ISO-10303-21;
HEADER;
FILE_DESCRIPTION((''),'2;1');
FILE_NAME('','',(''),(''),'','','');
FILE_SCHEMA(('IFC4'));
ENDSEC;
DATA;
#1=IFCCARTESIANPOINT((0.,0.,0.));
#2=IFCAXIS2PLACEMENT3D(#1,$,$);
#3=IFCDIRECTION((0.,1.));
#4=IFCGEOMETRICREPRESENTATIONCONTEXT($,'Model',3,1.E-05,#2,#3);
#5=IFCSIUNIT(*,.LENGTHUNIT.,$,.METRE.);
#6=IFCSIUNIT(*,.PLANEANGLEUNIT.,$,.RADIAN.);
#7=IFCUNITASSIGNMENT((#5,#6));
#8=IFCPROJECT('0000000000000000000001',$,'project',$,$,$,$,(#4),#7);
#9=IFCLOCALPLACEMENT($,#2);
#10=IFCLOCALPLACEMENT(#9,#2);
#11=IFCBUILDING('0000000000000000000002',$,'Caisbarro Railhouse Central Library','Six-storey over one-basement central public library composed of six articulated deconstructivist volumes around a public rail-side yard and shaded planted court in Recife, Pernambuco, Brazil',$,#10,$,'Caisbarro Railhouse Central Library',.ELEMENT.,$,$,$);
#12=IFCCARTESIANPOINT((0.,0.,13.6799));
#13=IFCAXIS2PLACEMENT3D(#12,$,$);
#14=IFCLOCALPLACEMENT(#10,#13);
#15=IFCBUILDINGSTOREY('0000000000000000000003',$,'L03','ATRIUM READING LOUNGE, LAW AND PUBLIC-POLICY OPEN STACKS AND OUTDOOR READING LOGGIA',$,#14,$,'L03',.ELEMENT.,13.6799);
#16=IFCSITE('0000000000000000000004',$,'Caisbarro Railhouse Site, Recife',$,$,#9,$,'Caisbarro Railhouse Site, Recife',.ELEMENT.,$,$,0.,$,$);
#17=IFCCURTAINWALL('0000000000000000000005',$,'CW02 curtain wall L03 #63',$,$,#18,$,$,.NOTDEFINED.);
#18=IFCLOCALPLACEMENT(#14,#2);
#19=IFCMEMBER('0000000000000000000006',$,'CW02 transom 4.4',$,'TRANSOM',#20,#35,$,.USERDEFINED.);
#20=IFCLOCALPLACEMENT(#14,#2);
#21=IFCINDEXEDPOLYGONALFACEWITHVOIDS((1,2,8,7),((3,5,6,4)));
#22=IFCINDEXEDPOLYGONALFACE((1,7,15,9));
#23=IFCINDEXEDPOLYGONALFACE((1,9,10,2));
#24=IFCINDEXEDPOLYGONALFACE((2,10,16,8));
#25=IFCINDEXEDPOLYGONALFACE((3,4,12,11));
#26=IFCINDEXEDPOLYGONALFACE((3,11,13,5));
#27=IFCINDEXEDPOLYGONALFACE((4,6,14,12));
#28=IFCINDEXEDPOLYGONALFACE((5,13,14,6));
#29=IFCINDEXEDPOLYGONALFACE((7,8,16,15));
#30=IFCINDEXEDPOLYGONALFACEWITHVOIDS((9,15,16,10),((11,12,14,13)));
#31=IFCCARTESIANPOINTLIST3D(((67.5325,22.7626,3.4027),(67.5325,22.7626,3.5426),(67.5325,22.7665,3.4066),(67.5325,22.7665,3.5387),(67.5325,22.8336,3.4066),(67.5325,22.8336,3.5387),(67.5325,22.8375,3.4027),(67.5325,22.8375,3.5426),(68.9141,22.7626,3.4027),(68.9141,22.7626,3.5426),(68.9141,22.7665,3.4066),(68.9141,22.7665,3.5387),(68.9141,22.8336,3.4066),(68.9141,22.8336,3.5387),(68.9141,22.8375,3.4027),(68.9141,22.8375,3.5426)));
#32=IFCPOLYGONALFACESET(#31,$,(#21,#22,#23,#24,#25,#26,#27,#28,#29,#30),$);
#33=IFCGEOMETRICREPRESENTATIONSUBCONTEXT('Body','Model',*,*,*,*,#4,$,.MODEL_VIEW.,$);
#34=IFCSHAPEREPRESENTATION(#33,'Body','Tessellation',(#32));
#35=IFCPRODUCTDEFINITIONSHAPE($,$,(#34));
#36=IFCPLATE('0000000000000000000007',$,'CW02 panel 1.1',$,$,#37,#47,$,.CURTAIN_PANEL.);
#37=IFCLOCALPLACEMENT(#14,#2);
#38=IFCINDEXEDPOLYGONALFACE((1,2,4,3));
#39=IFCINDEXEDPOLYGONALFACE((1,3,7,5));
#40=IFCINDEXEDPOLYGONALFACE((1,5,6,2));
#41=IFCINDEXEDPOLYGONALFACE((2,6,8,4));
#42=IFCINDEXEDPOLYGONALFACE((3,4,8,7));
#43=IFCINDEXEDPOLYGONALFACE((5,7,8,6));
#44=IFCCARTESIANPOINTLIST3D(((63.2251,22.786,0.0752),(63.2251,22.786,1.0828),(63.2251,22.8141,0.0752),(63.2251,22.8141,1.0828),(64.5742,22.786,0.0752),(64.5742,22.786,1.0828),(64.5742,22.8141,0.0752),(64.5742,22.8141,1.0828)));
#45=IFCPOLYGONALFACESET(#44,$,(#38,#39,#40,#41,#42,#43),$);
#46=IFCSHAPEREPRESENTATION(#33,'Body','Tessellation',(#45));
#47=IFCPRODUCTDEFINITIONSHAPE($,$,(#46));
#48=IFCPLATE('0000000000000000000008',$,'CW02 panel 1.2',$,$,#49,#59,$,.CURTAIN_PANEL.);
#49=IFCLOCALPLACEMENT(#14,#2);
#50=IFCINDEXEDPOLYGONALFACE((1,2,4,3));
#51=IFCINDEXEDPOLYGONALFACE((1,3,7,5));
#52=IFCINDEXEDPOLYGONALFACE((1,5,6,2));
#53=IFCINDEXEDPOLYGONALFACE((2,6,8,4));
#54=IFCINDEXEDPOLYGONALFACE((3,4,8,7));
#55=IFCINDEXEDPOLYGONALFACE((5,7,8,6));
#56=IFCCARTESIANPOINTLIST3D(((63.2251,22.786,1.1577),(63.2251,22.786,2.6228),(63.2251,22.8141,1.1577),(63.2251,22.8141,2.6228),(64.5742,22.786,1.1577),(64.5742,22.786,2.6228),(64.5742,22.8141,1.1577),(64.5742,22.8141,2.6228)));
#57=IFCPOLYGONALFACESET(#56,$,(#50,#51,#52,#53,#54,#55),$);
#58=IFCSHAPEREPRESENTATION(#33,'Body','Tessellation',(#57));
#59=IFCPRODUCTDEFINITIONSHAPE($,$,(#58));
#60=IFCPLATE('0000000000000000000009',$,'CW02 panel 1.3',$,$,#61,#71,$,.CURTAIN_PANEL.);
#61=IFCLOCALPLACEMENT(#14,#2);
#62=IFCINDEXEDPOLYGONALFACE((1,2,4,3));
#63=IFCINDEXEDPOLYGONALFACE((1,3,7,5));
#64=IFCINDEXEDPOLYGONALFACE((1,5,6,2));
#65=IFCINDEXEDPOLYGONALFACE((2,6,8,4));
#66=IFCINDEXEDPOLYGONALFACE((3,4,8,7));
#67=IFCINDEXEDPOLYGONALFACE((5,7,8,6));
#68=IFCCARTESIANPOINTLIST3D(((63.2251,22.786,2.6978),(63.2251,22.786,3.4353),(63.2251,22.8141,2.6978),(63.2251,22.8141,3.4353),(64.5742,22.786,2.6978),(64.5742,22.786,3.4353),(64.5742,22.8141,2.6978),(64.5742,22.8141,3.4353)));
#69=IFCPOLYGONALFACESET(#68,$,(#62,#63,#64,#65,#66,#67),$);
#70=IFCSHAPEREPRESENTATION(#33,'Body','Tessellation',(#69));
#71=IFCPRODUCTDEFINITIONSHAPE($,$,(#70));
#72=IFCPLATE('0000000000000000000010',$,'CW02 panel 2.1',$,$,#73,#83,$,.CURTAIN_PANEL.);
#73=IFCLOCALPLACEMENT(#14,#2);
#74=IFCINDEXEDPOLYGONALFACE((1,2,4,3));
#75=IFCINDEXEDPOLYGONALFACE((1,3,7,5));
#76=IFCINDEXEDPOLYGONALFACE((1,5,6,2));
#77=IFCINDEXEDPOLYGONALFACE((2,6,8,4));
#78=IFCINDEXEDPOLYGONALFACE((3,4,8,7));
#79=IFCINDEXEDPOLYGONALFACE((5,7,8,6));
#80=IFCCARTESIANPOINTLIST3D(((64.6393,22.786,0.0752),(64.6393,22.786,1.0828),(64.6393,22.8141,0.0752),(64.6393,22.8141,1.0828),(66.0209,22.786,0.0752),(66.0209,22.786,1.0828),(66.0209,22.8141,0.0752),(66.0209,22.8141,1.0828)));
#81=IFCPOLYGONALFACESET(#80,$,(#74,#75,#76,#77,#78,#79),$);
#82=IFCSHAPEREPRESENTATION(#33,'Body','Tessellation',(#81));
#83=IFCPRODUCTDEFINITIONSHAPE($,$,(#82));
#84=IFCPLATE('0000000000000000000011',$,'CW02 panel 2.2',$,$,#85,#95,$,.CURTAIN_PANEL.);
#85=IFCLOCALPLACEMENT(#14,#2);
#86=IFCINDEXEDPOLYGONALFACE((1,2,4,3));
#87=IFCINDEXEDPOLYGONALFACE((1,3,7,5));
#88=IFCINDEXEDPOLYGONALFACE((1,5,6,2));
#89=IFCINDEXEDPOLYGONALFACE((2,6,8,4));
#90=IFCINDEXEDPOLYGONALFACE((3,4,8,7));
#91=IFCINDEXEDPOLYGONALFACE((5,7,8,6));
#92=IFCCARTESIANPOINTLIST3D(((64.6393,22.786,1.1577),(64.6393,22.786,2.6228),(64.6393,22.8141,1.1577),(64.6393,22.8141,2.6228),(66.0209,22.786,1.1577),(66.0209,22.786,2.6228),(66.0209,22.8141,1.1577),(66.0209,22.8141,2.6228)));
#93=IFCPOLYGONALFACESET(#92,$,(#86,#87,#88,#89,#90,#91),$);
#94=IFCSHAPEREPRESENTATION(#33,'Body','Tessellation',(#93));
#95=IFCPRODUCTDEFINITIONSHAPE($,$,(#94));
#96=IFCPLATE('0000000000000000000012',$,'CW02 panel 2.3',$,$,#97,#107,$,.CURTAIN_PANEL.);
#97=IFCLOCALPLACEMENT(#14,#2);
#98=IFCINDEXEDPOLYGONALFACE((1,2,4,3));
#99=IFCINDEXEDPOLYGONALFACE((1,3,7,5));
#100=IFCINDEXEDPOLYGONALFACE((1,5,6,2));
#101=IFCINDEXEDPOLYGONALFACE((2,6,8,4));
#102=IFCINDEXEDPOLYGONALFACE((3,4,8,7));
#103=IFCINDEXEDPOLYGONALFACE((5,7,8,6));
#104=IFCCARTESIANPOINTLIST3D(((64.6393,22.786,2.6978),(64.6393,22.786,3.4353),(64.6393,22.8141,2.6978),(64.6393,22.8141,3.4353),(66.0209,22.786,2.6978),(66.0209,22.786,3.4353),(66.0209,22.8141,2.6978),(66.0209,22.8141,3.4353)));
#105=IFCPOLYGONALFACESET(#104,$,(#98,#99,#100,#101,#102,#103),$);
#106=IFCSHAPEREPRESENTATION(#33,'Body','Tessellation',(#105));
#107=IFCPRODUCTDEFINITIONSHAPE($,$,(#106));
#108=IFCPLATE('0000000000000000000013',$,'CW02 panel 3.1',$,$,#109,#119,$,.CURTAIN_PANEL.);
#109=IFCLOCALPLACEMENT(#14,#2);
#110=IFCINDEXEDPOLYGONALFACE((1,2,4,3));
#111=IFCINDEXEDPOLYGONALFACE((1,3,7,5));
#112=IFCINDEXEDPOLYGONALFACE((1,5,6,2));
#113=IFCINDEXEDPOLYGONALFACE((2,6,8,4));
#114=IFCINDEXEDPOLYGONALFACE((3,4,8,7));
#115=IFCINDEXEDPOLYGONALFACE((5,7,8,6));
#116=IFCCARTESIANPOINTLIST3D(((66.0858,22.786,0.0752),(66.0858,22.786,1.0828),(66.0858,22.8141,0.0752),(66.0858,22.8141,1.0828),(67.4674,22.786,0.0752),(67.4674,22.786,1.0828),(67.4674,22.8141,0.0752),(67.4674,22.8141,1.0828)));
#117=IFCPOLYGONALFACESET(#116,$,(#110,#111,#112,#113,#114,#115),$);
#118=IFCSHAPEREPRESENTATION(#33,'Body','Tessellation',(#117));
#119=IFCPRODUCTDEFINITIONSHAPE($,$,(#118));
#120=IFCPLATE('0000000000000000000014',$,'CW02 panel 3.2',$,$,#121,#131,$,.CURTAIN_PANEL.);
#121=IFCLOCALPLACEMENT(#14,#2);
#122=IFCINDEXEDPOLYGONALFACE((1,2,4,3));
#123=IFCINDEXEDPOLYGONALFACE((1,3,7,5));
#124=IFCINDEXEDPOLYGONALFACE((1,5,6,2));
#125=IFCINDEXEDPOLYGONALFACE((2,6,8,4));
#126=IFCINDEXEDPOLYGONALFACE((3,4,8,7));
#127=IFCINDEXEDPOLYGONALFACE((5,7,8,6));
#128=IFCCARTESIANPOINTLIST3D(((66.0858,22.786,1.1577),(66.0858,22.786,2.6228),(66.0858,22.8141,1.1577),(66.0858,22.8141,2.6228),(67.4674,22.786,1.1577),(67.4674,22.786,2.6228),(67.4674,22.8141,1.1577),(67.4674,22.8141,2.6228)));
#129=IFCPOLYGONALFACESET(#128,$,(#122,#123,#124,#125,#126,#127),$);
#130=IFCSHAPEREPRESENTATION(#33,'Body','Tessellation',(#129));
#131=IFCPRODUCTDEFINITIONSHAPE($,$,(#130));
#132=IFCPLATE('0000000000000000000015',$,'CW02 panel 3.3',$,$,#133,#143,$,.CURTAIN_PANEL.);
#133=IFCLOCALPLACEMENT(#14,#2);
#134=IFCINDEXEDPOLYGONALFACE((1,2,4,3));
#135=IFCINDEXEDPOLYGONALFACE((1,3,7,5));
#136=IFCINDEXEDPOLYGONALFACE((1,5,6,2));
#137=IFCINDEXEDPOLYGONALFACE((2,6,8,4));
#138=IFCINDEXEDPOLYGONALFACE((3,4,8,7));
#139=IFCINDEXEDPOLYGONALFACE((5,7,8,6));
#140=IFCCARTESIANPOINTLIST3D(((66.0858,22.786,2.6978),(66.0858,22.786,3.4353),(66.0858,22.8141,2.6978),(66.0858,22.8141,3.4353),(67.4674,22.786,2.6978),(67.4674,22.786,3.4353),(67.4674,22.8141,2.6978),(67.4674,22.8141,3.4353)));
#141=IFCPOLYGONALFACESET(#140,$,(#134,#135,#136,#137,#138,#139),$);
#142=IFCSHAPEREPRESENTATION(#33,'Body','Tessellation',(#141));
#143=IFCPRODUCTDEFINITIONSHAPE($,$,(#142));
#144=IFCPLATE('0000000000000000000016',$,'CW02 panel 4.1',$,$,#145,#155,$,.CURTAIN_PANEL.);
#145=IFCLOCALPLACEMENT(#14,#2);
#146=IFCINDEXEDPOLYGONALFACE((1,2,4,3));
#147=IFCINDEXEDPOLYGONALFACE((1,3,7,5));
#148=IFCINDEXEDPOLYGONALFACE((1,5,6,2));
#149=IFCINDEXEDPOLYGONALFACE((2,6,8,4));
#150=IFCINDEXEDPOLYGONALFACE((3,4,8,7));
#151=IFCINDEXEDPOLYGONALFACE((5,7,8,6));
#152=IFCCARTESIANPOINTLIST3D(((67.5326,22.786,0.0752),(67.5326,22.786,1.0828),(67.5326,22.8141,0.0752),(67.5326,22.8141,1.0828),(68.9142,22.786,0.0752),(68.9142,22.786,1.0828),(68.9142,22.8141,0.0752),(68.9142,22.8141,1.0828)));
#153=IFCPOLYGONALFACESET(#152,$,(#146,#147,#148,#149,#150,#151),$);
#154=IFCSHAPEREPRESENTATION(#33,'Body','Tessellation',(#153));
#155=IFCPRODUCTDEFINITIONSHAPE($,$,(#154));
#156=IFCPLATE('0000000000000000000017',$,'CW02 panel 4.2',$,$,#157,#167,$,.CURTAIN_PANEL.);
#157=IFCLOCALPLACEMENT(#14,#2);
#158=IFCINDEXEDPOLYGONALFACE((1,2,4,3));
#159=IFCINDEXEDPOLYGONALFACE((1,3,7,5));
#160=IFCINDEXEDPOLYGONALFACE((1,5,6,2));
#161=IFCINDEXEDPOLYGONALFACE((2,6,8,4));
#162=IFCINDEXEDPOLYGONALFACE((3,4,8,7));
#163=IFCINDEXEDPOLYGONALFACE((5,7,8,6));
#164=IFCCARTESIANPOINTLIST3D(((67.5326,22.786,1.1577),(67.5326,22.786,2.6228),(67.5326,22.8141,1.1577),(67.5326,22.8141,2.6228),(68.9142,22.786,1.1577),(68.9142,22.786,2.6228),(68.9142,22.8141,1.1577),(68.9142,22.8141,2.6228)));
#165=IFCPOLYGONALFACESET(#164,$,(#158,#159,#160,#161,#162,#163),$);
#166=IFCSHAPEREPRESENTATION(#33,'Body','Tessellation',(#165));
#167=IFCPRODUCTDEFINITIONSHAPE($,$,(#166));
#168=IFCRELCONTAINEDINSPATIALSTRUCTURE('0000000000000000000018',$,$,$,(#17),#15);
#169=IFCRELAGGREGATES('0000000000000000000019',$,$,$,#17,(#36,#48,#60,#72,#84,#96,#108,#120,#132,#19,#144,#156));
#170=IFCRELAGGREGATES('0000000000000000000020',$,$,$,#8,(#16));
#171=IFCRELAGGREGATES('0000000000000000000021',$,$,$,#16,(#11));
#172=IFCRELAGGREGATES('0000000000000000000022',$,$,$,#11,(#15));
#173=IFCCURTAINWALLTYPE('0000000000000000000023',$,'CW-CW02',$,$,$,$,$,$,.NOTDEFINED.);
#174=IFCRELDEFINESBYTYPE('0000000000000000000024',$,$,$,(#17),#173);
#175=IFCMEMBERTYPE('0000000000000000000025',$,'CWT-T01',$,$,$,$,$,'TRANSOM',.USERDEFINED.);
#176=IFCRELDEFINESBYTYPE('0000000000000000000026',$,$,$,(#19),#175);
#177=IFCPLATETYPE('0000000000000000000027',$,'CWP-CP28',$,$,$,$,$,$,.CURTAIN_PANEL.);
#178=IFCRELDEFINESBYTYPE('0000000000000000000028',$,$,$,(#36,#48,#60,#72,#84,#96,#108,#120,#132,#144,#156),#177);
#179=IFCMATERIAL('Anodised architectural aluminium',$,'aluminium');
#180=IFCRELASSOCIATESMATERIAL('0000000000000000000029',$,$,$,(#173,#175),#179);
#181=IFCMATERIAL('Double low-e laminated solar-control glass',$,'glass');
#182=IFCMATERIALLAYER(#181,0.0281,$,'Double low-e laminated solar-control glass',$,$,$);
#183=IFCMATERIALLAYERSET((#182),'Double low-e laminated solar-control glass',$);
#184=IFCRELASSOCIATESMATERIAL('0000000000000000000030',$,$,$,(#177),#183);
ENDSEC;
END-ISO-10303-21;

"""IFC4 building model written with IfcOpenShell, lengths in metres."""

from ifc_helpers import new_model, si_unit, direction, frame, origin, origin_2d, place, context, subcontext, project, spatial, rectangle, hollow_rectangle, extrude, material, layer, layer_set, material_profile, profile_set, type_object, element, aggregate, save


model = new_model("IFC4")

# Units and contexts
model_context = context("Model", 3, precision=1e-05, world=origin(), true_north=direction((0.0, 1.0)))
body_context = subcontext(model_context, "Body", "Model", "MODEL_VIEW")
ifc_project = project(units=[si_unit("LENGTHUNIT", "METRE"), si_unit("PLANEANGLEUNIT", "RADIAN")], contexts=[model_context])

# Site, building, storey
site_placement = place(None, origin())
site = spatial("IfcSite", under=ifc_project, at=site_placement, Name="Caisbarro Railhouse Site, Recife", LongName="Caisbarro Railhouse Site, Recife", CompositionType="ELEMENT", RefElevation=0.0)
building_placement = place(site_placement, origin())
building = spatial("IfcBuilding", under=site, at=building_placement, Name="Caisbarro Railhouse Central Library", Description="Six-storey over one-basement central public library composed of six articulated deconstructivist volumes around a public rail-side yard and shaded planted court in Recife, Pernambuco, Brazil", LongName="Caisbarro Railhouse Central Library", CompositionType="ELEMENT")
storey_placement = place(building_placement, frame((0.0, 0.0, 13.6799)))
storey = spatial("IfcBuildingStorey", under=building, at=storey_placement, Name="L03", Description="ATRIUM READING LOUNGE, LAW AND PUBLIC-POLICY OPEN STACKS AND OUTDOOR READING LOGGIA", LongName="L03", CompositionType="ELEMENT", Elevation=13.6799)

# Curtain wall, member, plates
ifc_material_1 = material(Name="Anodised architectural aluminium", Category="aluminium")
curtain_wall_type = type_object("IfcCurtainWallType", Name="CW-CW02", PredefinedType="NOTDEFINED", material=ifc_material_1)
curtain_wall_placement = place(storey_placement, origin())
curtain_wall = element("IfcCurtainWall", 1, at=curtain_wall_placement, inside=storey, type_object=curtain_wall_type, Name="CW02 curtain wall L03 #63", PredefinedType="NOTDEFINED")
ifc_material_profile_1 = material_profile(ifc_material_1, hollow_rectangle(XDim=0.075, YDim=0.1399, WallThickness=0.0039, at=origin_2d()), Name="ALU-TRN-75X140")
ifc_profile_set_1 = profile_set([ifc_material_profile_1], Name="Anodised architectural aluminium")
member_type_1 = type_object("IfcMemberType", Name="CWT-T01", ElementType="TRANSOM", PredefinedType="USERDEFINED", material=ifc_profile_set_1)
member_1_placement = place(storey_placement, frame((67.5325, 22.8, 3.4727), z_axis=(1.0, 0.0, 0.0), x_axis=(0.0, 1.0, 0.0)))
member_1 = element("IfcMember", 2, at=member_1_placement, type_object=member_type_1, Name="CW02 transom 4.4", ObjectType="TRANSOM", PredefinedType="USERDEFINED", context=body_context, shape_type="SweptSolid", body=[
    extrude(hollow_rectangle(XDim=0.075, YDim=0.1399, WallThickness=0.0039, at=origin_2d()), origin(), (0.0, 0.0, 1.0), 1.3816),
])
ifc_material_2 = material(Name="Double low-e laminated solar-control glass", Category="glass")
ifc_layer = layer(ifc_material_2, 0.0281, Name="Double low-e laminated solar-control glass")
ifc_layer_set = layer_set([ifc_layer], Name="Double low-e laminated solar-control glass")
plate_type = type_object("IfcPlateType", Name="CWP-CP28", PredefinedType="CURTAIN_PANEL", material=ifc_layer_set)
plate_1_placement = place(storey_placement, frame((63.8997, 22.8, 0.0752), z_axis=(0.0, 0.0, 1.0), x_axis=(1.0, 0.0, 0.0)))
plate_1 = element("IfcPlate", 3, at=plate_1_placement, type_object=plate_type, Name="CW02 panel 1.1", PredefinedType="CURTAIN_PANEL", context=body_context, shape_type="SweptSolid", body=[
    extrude(rectangle(XDim=1.3491, YDim=0.0281, at=origin_2d()), origin(), (0.0, 0.0, 1.0), 1.0076),
])
plate_2_placement = place(storey_placement, frame((63.8997, 22.8, 1.1577), z_axis=(0.0, 0.0, 1.0), x_axis=(1.0, 0.0, 0.0)))
plate_2 = element("IfcPlate", 4, at=plate_2_placement, type_object=plate_type, Name="CW02 panel 1.2", PredefinedType="CURTAIN_PANEL", context=body_context, shape_type="SweptSolid", body=[
    extrude(rectangle(XDim=1.3491, YDim=0.0281, at=origin_2d()), origin(), (0.0, 0.0, 1.0), 1.4651),
])
plate_3_placement = place(storey_placement, frame((63.8997, 22.8, 2.6978), z_axis=(0.0, 0.0, 1.0), x_axis=(1.0, 0.0, 0.0)))
plate_3 = element("IfcPlate", 5, at=plate_3_placement, type_object=plate_type, Name="CW02 panel 1.3", PredefinedType="CURTAIN_PANEL", context=body_context, shape_type="SweptSolid", body=[
    extrude(rectangle(XDim=1.3491, YDim=0.0281, at=origin_2d()), origin(), (0.0, 0.0, 1.0), 0.7375),
])
plate_4_placement = place(storey_placement, frame((65.3301, 22.8, 0.0752), z_axis=(0.0, 0.0, 1.0), x_axis=(1.0, 0.0, 0.0)))
plate_4 = element("IfcPlate", 6, at=plate_4_placement, type_object=plate_type, Name="CW02 panel 2.1", PredefinedType="CURTAIN_PANEL", context=body_context, shape_type="SweptSolid", body=[
    extrude(rectangle(XDim=1.3816, YDim=0.0281, at=origin_2d()), origin(), (0.0, 0.0, 1.0), 1.0076),
])
plate_5_placement = place(storey_placement, frame((65.3301, 22.8, 1.1577), z_axis=(0.0, 0.0, 1.0), x_axis=(1.0, 0.0, 0.0)))
plate_5 = element("IfcPlate", 7, at=plate_5_placement, type_object=plate_type, Name="CW02 panel 2.2", PredefinedType="CURTAIN_PANEL", context=body_context, shape_type="SweptSolid", body=[
    extrude(rectangle(XDim=1.3816, YDim=0.0281, at=origin_2d()), origin(), (0.0, 0.0, 1.0), 1.4651),
])
plate_6_placement = place(storey_placement, frame((65.3301, 22.8, 2.6978), z_axis=(0.0, 0.0, 1.0), x_axis=(1.0, 0.0, 0.0)))
plate_6 = element("IfcPlate", 8, at=plate_6_placement, type_object=plate_type, Name="CW02 panel 2.3", PredefinedType="CURTAIN_PANEL", context=body_context, shape_type="SweptSolid", body=[
    extrude(rectangle(XDim=1.3816, YDim=0.0281, at=origin_2d()), origin(), (0.0, 0.0, 1.0), 0.7375),
])
plate_7_placement = place(storey_placement, frame((66.7766, 22.8, 0.0752), z_axis=(0.0, 0.0, 1.0), x_axis=(1.0, 0.0, 0.0)))
plate_7 = element("IfcPlate", 9, at=plate_7_placement, type_object=plate_type, Name="CW02 panel 3.1", PredefinedType="CURTAIN_PANEL", context=body_context, shape_type="SweptSolid", body=[
    extrude(rectangle(XDim=1.3816, YDim=0.0281, at=origin_2d()), origin(), (0.0, 0.0, 1.0), 1.0076),
])
plate_8_placement = place(storey_placement, frame((66.7766, 22.8, 1.1577), z_axis=(0.0, 0.0, 1.0), x_axis=(1.0, 0.0, 0.0)))
plate_8 = element("IfcPlate", 10, at=plate_8_placement, type_object=plate_type, Name="CW02 panel 3.2", PredefinedType="CURTAIN_PANEL", context=body_context, shape_type="SweptSolid", body=[
    extrude(rectangle(XDim=1.3816, YDim=0.0281, at=origin_2d()), origin(), (0.0, 0.0, 1.0), 1.4651),
])
plate_9_placement = place(storey_placement, frame((66.7766, 22.8, 2.6978), z_axis=(0.0, 0.0, 1.0), x_axis=(1.0, 0.0, 0.0)))
plate_9 = element("IfcPlate", 11, at=plate_9_placement, type_object=plate_type, Name="CW02 panel 3.3", PredefinedType="CURTAIN_PANEL", context=body_context, shape_type="SweptSolid", body=[
    extrude(rectangle(XDim=1.3816, YDim=0.0281, at=origin_2d()), origin(), (0.0, 0.0, 1.0), 0.7375),
])
plate_10_placement = place(storey_placement, frame((68.2234, 22.8, 0.0752), z_axis=(0.0, 0.0, 1.0), x_axis=(1.0, 0.0, 0.0)))
plate_10 = element("IfcPlate", 12, at=plate_10_placement, type_object=plate_type, Name="CW02 panel 4.1", PredefinedType="CURTAIN_PANEL", context=body_context, shape_type="SweptSolid", body=[
    extrude(rectangle(XDim=1.3816, YDim=0.0281, at=origin_2d()), origin(), (0.0, 0.0, 1.0), 1.0076),
])
plate_11_placement = place(storey_placement, frame((68.2234, 22.8, 1.1577), z_axis=(0.0, 0.0, 1.0), x_axis=(1.0, 0.0, 0.0)))
plate_11 = element("IfcPlate", 13, at=plate_11_placement, type_object=plate_type, Name="CW02 panel 4.2", PredefinedType="CURTAIN_PANEL", context=body_context, shape_type="SweptSolid", body=[
    extrude(rectangle(XDim=1.3816, YDim=0.0281, at=origin_2d()), origin(), (0.0, 0.0, 1.0), 1.4651),
])
aggregate(curtain_wall, [plate_1, plate_2, plate_3, plate_4, plate_5, plate_6, plate_7, plate_8, plate_9, member_1, plate_10, plate_11])

save(model, "model.ifc")
